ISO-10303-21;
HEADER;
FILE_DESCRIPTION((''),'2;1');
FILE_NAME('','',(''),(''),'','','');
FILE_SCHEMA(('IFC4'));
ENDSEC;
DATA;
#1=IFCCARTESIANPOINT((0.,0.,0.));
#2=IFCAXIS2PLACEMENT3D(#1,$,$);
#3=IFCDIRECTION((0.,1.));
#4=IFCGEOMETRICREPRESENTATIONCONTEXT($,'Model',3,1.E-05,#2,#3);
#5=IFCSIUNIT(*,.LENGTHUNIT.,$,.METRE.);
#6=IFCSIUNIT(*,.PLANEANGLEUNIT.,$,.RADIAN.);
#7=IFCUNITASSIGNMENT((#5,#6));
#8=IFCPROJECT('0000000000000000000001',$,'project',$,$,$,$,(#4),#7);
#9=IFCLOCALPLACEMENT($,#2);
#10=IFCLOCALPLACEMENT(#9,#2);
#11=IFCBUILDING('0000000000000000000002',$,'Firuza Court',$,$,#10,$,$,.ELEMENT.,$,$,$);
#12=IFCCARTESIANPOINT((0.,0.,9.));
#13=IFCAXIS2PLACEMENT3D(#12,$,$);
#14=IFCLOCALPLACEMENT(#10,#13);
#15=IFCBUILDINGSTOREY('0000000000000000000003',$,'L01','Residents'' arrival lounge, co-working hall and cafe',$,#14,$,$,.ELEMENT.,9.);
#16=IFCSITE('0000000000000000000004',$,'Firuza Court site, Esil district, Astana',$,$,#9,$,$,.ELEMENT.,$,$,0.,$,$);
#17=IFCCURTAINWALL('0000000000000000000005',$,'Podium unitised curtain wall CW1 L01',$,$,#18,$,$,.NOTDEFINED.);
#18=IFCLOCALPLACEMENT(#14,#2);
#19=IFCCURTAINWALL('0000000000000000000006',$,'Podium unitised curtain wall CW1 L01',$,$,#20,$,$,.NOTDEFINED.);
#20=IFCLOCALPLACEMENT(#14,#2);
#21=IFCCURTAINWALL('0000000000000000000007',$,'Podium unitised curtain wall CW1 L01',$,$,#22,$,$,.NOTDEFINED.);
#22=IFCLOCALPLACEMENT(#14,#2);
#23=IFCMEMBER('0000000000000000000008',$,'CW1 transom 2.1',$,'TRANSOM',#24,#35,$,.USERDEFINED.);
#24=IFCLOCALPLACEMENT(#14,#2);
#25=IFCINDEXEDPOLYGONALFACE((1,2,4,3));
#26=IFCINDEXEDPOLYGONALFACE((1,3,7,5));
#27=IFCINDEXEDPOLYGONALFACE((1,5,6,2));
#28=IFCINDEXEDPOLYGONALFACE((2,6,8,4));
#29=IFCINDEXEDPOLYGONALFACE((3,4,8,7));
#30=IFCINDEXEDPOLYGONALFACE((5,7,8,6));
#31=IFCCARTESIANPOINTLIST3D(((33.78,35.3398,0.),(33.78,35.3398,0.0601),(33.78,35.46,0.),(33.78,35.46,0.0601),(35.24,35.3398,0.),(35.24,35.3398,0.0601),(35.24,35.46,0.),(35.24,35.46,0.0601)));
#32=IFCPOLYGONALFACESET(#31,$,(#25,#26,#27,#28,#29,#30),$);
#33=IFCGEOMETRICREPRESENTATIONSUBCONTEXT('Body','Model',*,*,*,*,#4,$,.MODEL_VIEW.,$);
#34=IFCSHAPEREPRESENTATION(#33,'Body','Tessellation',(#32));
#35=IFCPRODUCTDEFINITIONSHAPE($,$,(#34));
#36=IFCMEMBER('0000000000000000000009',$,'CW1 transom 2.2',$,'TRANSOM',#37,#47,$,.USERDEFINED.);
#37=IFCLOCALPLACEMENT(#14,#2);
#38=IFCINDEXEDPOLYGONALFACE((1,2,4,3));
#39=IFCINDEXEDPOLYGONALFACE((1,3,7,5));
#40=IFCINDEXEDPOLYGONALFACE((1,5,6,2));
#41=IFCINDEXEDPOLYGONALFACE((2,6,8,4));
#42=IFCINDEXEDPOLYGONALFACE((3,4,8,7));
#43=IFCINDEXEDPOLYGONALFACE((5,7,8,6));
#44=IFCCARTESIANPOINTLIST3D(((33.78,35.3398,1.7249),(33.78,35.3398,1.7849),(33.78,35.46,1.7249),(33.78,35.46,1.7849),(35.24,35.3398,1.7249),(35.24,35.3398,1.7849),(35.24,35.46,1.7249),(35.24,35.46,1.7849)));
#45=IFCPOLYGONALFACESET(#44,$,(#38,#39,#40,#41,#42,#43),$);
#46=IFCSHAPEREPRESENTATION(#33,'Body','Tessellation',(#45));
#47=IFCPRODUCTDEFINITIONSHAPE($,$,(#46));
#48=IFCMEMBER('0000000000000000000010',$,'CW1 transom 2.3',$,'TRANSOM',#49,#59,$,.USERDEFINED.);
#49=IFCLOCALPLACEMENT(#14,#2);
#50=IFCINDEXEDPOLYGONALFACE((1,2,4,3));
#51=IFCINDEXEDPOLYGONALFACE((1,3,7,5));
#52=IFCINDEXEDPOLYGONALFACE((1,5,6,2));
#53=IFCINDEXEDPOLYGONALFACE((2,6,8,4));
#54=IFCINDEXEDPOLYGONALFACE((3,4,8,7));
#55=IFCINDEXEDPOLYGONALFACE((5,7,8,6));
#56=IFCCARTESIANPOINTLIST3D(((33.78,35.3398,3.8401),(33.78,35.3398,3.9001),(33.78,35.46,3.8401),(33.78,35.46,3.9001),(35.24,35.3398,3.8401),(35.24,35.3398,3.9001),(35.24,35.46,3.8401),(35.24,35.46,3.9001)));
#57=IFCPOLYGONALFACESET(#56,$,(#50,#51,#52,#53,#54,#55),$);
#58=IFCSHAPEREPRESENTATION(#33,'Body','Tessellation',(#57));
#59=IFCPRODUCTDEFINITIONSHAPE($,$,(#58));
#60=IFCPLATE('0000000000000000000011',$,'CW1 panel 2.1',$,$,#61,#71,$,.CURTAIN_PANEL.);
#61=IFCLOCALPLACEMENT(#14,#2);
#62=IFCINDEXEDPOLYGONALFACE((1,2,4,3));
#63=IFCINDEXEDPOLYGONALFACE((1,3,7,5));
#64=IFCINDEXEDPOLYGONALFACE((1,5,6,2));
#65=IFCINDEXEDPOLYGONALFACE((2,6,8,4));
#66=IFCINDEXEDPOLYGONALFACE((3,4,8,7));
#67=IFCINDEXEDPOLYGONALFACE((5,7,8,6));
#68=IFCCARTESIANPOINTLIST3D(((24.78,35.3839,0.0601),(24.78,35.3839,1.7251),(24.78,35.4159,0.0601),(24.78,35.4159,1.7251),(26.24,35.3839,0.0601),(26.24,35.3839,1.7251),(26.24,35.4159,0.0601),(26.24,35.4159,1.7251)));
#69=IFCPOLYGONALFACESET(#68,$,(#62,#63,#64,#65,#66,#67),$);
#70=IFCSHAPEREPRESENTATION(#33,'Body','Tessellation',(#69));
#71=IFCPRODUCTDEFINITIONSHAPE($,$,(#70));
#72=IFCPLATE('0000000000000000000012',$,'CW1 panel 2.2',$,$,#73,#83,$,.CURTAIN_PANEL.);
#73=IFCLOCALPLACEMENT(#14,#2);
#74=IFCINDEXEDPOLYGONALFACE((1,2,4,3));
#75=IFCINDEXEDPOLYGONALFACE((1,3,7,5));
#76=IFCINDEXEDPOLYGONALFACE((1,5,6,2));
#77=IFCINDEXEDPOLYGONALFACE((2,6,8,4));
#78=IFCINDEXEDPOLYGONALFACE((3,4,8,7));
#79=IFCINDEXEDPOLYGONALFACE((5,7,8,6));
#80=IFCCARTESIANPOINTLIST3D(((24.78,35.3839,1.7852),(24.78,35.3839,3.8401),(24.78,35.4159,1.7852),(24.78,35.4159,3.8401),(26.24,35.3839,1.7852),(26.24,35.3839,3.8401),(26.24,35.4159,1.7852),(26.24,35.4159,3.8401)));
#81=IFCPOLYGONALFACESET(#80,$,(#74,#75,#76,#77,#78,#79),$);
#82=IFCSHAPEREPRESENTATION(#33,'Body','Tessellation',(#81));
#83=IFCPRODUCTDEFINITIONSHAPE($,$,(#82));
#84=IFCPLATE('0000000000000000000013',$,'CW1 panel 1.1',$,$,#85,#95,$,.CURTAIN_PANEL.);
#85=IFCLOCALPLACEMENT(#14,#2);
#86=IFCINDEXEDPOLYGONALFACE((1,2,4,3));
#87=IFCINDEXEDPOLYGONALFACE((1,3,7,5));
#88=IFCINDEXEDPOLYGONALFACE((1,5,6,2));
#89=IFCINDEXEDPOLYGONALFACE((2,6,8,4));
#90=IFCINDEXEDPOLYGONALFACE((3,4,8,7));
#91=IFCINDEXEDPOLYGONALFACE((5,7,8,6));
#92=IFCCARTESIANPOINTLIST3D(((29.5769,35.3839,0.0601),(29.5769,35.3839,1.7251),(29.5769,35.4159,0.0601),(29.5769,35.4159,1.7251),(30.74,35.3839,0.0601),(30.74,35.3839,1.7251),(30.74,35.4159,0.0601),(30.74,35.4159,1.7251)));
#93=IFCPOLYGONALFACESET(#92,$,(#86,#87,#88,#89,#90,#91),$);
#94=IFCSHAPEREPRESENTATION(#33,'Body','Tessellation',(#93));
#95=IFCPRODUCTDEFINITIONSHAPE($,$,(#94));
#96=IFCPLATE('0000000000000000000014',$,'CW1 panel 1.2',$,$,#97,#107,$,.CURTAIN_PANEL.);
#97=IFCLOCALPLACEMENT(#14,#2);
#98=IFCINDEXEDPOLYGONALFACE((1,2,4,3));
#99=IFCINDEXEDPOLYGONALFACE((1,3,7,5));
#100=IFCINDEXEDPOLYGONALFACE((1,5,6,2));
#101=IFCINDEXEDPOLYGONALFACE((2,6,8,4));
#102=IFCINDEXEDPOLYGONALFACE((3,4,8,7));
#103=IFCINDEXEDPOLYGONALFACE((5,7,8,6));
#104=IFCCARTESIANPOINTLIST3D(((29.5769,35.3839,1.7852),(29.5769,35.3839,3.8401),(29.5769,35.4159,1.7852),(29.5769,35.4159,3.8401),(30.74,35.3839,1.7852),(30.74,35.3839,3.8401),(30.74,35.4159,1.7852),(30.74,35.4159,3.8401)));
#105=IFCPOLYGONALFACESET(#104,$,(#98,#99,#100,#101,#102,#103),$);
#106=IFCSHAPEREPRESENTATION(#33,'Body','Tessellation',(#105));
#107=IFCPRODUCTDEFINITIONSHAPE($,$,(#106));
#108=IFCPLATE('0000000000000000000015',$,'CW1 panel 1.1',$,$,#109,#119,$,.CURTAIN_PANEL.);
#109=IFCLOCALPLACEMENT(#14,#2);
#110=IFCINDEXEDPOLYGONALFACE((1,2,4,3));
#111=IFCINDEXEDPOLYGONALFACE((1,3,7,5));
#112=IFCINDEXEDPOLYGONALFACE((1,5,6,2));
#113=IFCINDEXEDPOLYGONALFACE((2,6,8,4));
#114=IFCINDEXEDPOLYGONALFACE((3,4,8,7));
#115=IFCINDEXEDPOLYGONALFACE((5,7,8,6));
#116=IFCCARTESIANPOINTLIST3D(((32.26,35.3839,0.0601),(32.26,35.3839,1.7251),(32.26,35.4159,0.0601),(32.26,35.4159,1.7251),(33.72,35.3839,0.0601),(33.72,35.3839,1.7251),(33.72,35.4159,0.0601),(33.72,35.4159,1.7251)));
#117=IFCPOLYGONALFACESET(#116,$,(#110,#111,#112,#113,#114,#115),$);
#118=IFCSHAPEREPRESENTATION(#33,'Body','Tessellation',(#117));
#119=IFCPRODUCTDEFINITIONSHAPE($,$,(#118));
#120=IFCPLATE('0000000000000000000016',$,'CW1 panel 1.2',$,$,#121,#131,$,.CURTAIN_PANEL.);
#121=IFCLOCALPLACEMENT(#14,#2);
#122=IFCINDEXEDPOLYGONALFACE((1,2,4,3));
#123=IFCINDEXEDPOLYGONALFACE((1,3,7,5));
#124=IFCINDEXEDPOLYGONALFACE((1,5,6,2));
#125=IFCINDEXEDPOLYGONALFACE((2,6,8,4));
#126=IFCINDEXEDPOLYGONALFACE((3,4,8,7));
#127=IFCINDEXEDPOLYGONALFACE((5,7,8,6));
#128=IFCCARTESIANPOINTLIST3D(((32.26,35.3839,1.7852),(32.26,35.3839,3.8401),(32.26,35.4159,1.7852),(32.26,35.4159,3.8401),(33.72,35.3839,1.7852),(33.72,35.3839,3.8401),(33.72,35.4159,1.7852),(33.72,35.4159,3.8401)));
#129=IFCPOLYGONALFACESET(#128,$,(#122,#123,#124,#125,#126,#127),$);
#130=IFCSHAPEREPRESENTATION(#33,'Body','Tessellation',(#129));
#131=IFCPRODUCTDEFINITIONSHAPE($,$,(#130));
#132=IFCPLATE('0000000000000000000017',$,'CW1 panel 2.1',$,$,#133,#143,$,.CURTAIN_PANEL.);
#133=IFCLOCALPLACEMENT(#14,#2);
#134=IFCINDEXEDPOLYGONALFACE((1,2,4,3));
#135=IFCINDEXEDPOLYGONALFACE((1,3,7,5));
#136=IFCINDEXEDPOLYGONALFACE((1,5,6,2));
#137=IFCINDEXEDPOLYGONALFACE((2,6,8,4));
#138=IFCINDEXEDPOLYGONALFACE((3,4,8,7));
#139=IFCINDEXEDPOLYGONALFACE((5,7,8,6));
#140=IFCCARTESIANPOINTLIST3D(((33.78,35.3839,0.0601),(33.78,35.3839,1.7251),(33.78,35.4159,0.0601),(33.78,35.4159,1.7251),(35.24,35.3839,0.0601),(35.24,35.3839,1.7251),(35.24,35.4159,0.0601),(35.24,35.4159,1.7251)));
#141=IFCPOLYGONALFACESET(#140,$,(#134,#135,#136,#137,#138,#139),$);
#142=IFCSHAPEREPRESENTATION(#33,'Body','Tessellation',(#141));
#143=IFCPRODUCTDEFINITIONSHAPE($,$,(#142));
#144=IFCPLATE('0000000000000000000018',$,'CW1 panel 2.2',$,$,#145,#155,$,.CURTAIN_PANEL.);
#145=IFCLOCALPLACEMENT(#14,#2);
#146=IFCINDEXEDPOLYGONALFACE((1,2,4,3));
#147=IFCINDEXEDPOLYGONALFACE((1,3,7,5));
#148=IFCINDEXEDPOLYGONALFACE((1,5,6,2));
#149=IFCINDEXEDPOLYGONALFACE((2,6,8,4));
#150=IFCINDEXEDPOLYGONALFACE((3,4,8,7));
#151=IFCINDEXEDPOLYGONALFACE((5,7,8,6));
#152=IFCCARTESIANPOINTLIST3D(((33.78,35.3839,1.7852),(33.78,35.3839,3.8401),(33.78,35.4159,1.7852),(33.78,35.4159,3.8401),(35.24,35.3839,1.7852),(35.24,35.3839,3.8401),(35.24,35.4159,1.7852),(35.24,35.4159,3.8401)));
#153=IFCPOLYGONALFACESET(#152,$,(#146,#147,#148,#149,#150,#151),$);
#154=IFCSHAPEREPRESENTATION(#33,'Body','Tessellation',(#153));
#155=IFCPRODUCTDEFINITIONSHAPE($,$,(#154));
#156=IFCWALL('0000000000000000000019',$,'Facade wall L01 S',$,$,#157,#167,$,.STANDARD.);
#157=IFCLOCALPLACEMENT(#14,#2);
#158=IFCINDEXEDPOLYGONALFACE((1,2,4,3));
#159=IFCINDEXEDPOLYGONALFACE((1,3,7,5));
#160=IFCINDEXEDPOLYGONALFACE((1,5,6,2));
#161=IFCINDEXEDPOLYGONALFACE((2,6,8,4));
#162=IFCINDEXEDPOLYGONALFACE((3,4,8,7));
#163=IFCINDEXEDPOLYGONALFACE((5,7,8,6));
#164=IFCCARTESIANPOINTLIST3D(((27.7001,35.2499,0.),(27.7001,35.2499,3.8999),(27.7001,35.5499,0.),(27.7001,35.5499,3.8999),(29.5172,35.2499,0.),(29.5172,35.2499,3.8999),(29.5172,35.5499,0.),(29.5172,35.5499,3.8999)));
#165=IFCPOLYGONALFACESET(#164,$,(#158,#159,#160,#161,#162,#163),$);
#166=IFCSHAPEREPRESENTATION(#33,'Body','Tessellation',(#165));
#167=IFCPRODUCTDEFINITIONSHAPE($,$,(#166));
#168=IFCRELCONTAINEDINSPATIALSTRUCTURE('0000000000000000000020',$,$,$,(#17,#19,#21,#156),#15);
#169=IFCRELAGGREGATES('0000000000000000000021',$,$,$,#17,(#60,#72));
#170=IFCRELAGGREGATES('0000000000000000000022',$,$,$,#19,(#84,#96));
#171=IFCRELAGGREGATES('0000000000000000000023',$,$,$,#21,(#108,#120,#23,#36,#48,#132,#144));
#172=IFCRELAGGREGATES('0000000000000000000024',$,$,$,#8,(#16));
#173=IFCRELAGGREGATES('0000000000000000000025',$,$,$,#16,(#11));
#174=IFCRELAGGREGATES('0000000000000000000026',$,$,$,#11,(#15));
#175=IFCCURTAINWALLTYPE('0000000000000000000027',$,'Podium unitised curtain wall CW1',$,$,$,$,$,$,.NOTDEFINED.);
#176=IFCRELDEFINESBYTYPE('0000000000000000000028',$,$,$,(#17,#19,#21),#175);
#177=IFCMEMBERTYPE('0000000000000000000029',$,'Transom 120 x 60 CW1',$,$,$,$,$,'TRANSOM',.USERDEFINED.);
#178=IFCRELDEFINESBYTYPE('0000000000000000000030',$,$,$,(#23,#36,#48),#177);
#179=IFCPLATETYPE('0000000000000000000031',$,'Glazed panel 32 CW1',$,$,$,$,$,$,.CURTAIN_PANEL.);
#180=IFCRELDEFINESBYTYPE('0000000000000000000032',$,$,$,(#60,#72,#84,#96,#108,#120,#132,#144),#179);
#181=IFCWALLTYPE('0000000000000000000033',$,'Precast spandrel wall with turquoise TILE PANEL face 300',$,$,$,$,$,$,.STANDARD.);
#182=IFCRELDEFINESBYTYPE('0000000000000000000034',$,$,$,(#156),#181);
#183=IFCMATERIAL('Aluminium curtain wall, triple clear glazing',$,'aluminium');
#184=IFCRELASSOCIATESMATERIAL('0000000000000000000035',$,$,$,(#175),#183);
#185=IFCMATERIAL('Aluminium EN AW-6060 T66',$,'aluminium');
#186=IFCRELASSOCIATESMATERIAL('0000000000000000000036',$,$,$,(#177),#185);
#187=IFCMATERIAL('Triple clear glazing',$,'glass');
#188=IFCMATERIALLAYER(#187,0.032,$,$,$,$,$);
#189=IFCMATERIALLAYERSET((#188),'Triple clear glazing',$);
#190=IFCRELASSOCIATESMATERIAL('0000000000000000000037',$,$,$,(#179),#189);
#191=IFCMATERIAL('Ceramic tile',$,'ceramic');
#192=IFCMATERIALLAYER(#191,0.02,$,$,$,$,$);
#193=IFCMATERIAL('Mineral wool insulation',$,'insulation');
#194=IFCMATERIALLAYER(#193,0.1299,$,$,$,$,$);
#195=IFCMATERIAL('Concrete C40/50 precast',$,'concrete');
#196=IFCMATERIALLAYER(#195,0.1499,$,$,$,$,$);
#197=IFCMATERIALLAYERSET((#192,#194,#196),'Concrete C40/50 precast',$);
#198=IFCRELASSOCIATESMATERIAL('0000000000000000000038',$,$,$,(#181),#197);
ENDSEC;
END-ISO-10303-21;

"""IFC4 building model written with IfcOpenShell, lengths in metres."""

from ifc_helpers import new_model, si_unit, direction, frame, frame_2d, origin, origin_2d, place, context, subcontext, project, spatial, rectangle, extrude, material, layer, layer_set, material_profile, profile_set, type_object, element, aggregate, save


model = new_model("IFC4")

# Units and contexts
model_context = context("Model", 3, precision=1e-05, world=origin(), true_north=direction((0.0, 1.0)))
body_context = subcontext(model_context, "Body", "Model", "MODEL_VIEW")
ifc_project = project(units=[si_unit("LENGTHUNIT", "METRE"), si_unit("PLANEANGLEUNIT", "RADIAN")], contexts=[model_context])

# Site, building, storey
site_placement = place(None, origin())
site = spatial("IfcSite", under=ifc_project, at=site_placement, Name="Firuza Court site, Esil district, Astana", CompositionType="ELEMENT", RefElevation=0.0)
building_placement = place(site_placement, origin())
building = spatial("IfcBuilding", under=site, at=building_placement, Name="Firuza Court", CompositionType="ELEMENT")
storey_placement = place(building_placement, frame((0.0, 0.0, 9.0)))
storey = spatial("IfcBuildingStorey", under=building, at=storey_placement, Name="L01", Description="Residents' arrival lounge, co-working hall and cafe", CompositionType="ELEMENT", Elevation=9.0)

# Curtain wall
ifc_material_1 = material(Name="Aluminium curtain wall, triple clear glazing", Category="aluminium")
curtain_wall_type = type_object("IfcCurtainWallType", Name="Podium unitised curtain wall CW1", PredefinedType="NOTDEFINED", material=ifc_material_1)
curtain_wall_1_placement = place(storey_placement, origin())
curtain_wall_1 = element("IfcCurtainWall", 1, at=curtain_wall_1_placement, inside=storey, type_object=curtain_wall_type, Name="Podium unitised curtain wall CW1 L01", PredefinedType="NOTDEFINED")

# Curtain walls
curtain_wall_2_placement = place(storey_placement, origin())
curtain_wall_2 = element("IfcCurtainWall", 2, at=curtain_wall_2_placement, inside=storey, type_object=curtain_wall_type, Name="Podium unitised curtain wall CW1 L01", PredefinedType="NOTDEFINED")
curtain_wall_3_placement = place(storey_placement, origin())
curtain_wall_3 = element("IfcCurtainWall", 3, at=curtain_wall_3_placement, inside=storey, type_object=curtain_wall_type, Name="Podium unitised curtain wall CW1 L01", PredefinedType="NOTDEFINED")

# Members
ifc_material_2 = material(Name="Aluminium EN AW-6060 T66", Category="aluminium")
ifc_material_profile_1 = material_profile(ifc_material_2, rectangle(XDim=0.1201, YDim=0.0601, at=origin_2d()), Name="Transom 120 x 60 CW1")
ifc_profile_set_1 = profile_set([ifc_material_profile_1], Name="Aluminium EN AW-6060 T66")
member_type_1 = type_object("IfcMemberType", Name="Transom 120 x 60 CW1", ElementType="TRANSOM", PredefinedType="USERDEFINED", material=ifc_profile_set_1)
member_1_placement = place(storey_placement, frame((33.78, 35.3999, 0.03), z_axis=(1.0, 0.0, 0.0), x_axis=(0.0, 1.0, 0.0)))
member_1 = element("IfcMember", 4, at=member_1_placement, type_object=member_type_1, Name="CW1 transom 2.1", ObjectType="TRANSOM", PredefinedType="USERDEFINED", context=body_context, shape_type="SweptSolid", body=[
    extrude(rectangle(XDim=0.1201, YDim=0.0601, at=origin_2d()), origin(), (0.0, 0.0, 1.0), 1.46),
])
member_2_placement = place(storey_placement, frame((33.78, 35.3999, 1.7549), z_axis=(1.0, 0.0, 0.0), x_axis=(0.0, 1.0, 0.0)))
member_2 = element("IfcMember", 5, at=member_2_placement, type_object=member_type_1, Name="CW1 transom 2.2", ObjectType="TRANSOM", PredefinedType="USERDEFINED", context=body_context, shape_type="SweptSolid", body=[
    extrude(rectangle(XDim=0.1201, YDim=0.0601, at=origin_2d()), origin(), (0.0, 0.0, 1.0), 1.46),
])
member_3_placement = place(storey_placement, frame((33.78, 35.3999, 3.8701), z_axis=(1.0, 0.0, 0.0), x_axis=(0.0, 1.0, 0.0)))
member_3 = element("IfcMember", 6, at=member_3_placement, type_object=member_type_1, Name="CW1 transom 2.3", ObjectType="TRANSOM", PredefinedType="USERDEFINED", context=body_context, shape_type="SweptSolid", body=[
    extrude(rectangle(XDim=0.1201, YDim=0.0601, at=origin_2d()), origin(), (0.0, 0.0, 1.0), 1.46),
])

# Plates
ifc_material_3 = material(Name="Triple clear glazing", Category="glass")
ifc_layer_1 = layer(ifc_material_3, 0.032)
ifc_layer_set_1 = layer_set([ifc_layer_1], Name="Triple clear glazing")
plate_type = type_object("IfcPlateType", Name="Glazed panel 32 CW1", PredefinedType="CURTAIN_PANEL", material=ifc_layer_set_1)
plate_1_placement = place(storey_placement, frame((25.51, 35.3999, 0.0601), z_axis=(0.0, 0.0, 1.0), x_axis=(1.0, 0.0, 0.0)))
plate_1 = element("IfcPlate", 7, at=plate_1_placement, type_object=plate_type, Name="CW1 panel 2.1", PredefinedType="CURTAIN_PANEL", context=body_context, shape_type="SweptSolid", body=[
    extrude(rectangle(XDim=1.46, YDim=0.032, at=origin_2d()), origin(), (0.0, 0.0, 1.0), 1.665),
])
plate_2_placement = place(storey_placement, frame((25.51, 35.3999, 1.7852), z_axis=(0.0, 0.0, 1.0), x_axis=(1.0, 0.0, 0.0)))
plate_2 = element("IfcPlate", 8, at=plate_2_placement, type_object=plate_type, Name="CW1 panel 2.2", PredefinedType="CURTAIN_PANEL", context=body_context, shape_type="SweptSolid", body=[
    extrude(rectangle(XDim=1.46, YDim=0.032, at=origin_2d()), origin(), (0.0, 0.0, 1.0), 2.0549),
])
aggregate(curtain_wall_1, [plate_1, plate_2])
plate_3_placement = place(storey_placement, frame((30.1584, 35.3999, 0.0601), z_axis=(0.0, 0.0, 1.0), x_axis=(1.0, 0.0, 0.0)))
plate_3 = element("IfcPlate", 9, at=plate_3_placement, type_object=plate_type, Name="CW1 panel 1.1", PredefinedType="CURTAIN_PANEL", context=body_context, shape_type="SweptSolid", body=[
    extrude(rectangle(XDim=1.1631, YDim=0.032, at=origin_2d()), origin(), (0.0, 0.0, 1.0), 1.665),
])
plate_4_placement = place(storey_placement, frame((30.1584, 35.3999, 1.7852), z_axis=(0.0, 0.0, 1.0), x_axis=(1.0, 0.0, 0.0)))
plate_4 = element("IfcPlate", 10, at=plate_4_placement, type_object=plate_type, Name="CW1 panel 1.2", PredefinedType="CURTAIN_PANEL", context=body_context, shape_type="SweptSolid", body=[
    extrude(rectangle(XDim=1.1631, YDim=0.032, at=origin_2d()), origin(), (0.0, 0.0, 1.0), 2.0549),
])
aggregate(curtain_wall_2, [plate_3, plate_4])
plate_5_placement = place(storey_placement, frame((32.99, 35.3999, 0.0601), z_axis=(0.0, 0.0, 1.0), x_axis=(1.0, 0.0, 0.0)))
plate_5 = element("IfcPlate", 11, at=plate_5_placement, type_object=plate_type, Name="CW1 panel 1.1", PredefinedType="CURTAIN_PANEL", context=body_context, shape_type="SweptSolid", body=[
    extrude(rectangle(XDim=1.46, YDim=0.032, at=origin_2d()), origin(), (0.0, 0.0, 1.0), 1.665),
])
plate_6_placement = place(storey_placement, frame((32.99, 35.3999, 1.7852), z_axis=(0.0, 0.0, 1.0), x_axis=(1.0, 0.0, 0.0)))
plate_6 = element("IfcPlate", 12, at=plate_6_placement, type_object=plate_type, Name="CW1 panel 1.2", PredefinedType="CURTAIN_PANEL", context=body_context, shape_type="SweptSolid", body=[
    extrude(rectangle(XDim=1.46, YDim=0.032, at=origin_2d()), origin(), (0.0, 0.0, 1.0), 2.0549),
])
plate_7_placement = place(storey_placement, frame((34.51, 35.3999, 0.0601), z_axis=(0.0, 0.0, 1.0), x_axis=(1.0, 0.0, 0.0)))
plate_7 = element("IfcPlate", 13, at=plate_7_placement, type_object=plate_type, Name="CW1 panel 2.1", PredefinedType="CURTAIN_PANEL", context=body_context, shape_type="SweptSolid", body=[
    extrude(rectangle(XDim=1.46, YDim=0.032, at=origin_2d()), origin(), (0.0, 0.0, 1.0), 1.665),
])
plate_8_placement = place(storey_placement, frame((34.51, 35.3999, 1.7852), z_axis=(0.0, 0.0, 1.0), x_axis=(1.0, 0.0, 0.0)))
plate_8 = element("IfcPlate", 14, at=plate_8_placement, type_object=plate_type, Name="CW1 panel 2.2", PredefinedType="CURTAIN_PANEL", context=body_context, shape_type="SweptSolid", body=[
    extrude(rectangle(XDim=1.46, YDim=0.032, at=origin_2d()), origin(), (0.0, 0.0, 1.0), 2.0549),
])
aggregate(curtain_wall_3, [plate_5, plate_6, member_1, member_2, member_3, plate_7, plate_8])

# Wall
ifc_material_4 = material(Name="Ceramic tile", Category="ceramic")
ifc_layer_2 = layer(ifc_material_4, 0.02)
ifc_material_5 = material(Name="Mineral wool insulation", Category="insulation")
ifc_layer_3 = layer(ifc_material_5, 0.1299)
ifc_material_6 = material(Name="Concrete C40/50 precast", Category="concrete")
ifc_layer_4 = layer(ifc_material_6, 0.1499)
ifc_layer_set_2 = layer_set([ifc_layer_2, ifc_layer_3, ifc_layer_4], Name="Concrete C40/50 precast")
wall_type = type_object("IfcWallType", Name="Precast spandrel wall with turquoise TILE PANEL face 300", PredefinedType="STANDARD", material=ifc_layer_set_2)
wall_placement = place(storey_placement, frame((27.7, 35.3999, 0.0), z_axis=(0.0, 0.0, 1.0), x_axis=(1.0, 0.0, 0.0)))
element("IfcWall", 15, at=wall_placement, inside=storey, type_object=wall_type, Name="Facade wall L01 S", PredefinedType="STANDARD", context=body_context, shape_type="SweptSolid", body=[
    extrude(rectangle(XDim=1.8171, YDim=0.3, at=frame_2d((0.9087, 0.0))), origin(), (0.0, 0.0, 1.0), 3.8999),
])

save(model, "model.ifc")
